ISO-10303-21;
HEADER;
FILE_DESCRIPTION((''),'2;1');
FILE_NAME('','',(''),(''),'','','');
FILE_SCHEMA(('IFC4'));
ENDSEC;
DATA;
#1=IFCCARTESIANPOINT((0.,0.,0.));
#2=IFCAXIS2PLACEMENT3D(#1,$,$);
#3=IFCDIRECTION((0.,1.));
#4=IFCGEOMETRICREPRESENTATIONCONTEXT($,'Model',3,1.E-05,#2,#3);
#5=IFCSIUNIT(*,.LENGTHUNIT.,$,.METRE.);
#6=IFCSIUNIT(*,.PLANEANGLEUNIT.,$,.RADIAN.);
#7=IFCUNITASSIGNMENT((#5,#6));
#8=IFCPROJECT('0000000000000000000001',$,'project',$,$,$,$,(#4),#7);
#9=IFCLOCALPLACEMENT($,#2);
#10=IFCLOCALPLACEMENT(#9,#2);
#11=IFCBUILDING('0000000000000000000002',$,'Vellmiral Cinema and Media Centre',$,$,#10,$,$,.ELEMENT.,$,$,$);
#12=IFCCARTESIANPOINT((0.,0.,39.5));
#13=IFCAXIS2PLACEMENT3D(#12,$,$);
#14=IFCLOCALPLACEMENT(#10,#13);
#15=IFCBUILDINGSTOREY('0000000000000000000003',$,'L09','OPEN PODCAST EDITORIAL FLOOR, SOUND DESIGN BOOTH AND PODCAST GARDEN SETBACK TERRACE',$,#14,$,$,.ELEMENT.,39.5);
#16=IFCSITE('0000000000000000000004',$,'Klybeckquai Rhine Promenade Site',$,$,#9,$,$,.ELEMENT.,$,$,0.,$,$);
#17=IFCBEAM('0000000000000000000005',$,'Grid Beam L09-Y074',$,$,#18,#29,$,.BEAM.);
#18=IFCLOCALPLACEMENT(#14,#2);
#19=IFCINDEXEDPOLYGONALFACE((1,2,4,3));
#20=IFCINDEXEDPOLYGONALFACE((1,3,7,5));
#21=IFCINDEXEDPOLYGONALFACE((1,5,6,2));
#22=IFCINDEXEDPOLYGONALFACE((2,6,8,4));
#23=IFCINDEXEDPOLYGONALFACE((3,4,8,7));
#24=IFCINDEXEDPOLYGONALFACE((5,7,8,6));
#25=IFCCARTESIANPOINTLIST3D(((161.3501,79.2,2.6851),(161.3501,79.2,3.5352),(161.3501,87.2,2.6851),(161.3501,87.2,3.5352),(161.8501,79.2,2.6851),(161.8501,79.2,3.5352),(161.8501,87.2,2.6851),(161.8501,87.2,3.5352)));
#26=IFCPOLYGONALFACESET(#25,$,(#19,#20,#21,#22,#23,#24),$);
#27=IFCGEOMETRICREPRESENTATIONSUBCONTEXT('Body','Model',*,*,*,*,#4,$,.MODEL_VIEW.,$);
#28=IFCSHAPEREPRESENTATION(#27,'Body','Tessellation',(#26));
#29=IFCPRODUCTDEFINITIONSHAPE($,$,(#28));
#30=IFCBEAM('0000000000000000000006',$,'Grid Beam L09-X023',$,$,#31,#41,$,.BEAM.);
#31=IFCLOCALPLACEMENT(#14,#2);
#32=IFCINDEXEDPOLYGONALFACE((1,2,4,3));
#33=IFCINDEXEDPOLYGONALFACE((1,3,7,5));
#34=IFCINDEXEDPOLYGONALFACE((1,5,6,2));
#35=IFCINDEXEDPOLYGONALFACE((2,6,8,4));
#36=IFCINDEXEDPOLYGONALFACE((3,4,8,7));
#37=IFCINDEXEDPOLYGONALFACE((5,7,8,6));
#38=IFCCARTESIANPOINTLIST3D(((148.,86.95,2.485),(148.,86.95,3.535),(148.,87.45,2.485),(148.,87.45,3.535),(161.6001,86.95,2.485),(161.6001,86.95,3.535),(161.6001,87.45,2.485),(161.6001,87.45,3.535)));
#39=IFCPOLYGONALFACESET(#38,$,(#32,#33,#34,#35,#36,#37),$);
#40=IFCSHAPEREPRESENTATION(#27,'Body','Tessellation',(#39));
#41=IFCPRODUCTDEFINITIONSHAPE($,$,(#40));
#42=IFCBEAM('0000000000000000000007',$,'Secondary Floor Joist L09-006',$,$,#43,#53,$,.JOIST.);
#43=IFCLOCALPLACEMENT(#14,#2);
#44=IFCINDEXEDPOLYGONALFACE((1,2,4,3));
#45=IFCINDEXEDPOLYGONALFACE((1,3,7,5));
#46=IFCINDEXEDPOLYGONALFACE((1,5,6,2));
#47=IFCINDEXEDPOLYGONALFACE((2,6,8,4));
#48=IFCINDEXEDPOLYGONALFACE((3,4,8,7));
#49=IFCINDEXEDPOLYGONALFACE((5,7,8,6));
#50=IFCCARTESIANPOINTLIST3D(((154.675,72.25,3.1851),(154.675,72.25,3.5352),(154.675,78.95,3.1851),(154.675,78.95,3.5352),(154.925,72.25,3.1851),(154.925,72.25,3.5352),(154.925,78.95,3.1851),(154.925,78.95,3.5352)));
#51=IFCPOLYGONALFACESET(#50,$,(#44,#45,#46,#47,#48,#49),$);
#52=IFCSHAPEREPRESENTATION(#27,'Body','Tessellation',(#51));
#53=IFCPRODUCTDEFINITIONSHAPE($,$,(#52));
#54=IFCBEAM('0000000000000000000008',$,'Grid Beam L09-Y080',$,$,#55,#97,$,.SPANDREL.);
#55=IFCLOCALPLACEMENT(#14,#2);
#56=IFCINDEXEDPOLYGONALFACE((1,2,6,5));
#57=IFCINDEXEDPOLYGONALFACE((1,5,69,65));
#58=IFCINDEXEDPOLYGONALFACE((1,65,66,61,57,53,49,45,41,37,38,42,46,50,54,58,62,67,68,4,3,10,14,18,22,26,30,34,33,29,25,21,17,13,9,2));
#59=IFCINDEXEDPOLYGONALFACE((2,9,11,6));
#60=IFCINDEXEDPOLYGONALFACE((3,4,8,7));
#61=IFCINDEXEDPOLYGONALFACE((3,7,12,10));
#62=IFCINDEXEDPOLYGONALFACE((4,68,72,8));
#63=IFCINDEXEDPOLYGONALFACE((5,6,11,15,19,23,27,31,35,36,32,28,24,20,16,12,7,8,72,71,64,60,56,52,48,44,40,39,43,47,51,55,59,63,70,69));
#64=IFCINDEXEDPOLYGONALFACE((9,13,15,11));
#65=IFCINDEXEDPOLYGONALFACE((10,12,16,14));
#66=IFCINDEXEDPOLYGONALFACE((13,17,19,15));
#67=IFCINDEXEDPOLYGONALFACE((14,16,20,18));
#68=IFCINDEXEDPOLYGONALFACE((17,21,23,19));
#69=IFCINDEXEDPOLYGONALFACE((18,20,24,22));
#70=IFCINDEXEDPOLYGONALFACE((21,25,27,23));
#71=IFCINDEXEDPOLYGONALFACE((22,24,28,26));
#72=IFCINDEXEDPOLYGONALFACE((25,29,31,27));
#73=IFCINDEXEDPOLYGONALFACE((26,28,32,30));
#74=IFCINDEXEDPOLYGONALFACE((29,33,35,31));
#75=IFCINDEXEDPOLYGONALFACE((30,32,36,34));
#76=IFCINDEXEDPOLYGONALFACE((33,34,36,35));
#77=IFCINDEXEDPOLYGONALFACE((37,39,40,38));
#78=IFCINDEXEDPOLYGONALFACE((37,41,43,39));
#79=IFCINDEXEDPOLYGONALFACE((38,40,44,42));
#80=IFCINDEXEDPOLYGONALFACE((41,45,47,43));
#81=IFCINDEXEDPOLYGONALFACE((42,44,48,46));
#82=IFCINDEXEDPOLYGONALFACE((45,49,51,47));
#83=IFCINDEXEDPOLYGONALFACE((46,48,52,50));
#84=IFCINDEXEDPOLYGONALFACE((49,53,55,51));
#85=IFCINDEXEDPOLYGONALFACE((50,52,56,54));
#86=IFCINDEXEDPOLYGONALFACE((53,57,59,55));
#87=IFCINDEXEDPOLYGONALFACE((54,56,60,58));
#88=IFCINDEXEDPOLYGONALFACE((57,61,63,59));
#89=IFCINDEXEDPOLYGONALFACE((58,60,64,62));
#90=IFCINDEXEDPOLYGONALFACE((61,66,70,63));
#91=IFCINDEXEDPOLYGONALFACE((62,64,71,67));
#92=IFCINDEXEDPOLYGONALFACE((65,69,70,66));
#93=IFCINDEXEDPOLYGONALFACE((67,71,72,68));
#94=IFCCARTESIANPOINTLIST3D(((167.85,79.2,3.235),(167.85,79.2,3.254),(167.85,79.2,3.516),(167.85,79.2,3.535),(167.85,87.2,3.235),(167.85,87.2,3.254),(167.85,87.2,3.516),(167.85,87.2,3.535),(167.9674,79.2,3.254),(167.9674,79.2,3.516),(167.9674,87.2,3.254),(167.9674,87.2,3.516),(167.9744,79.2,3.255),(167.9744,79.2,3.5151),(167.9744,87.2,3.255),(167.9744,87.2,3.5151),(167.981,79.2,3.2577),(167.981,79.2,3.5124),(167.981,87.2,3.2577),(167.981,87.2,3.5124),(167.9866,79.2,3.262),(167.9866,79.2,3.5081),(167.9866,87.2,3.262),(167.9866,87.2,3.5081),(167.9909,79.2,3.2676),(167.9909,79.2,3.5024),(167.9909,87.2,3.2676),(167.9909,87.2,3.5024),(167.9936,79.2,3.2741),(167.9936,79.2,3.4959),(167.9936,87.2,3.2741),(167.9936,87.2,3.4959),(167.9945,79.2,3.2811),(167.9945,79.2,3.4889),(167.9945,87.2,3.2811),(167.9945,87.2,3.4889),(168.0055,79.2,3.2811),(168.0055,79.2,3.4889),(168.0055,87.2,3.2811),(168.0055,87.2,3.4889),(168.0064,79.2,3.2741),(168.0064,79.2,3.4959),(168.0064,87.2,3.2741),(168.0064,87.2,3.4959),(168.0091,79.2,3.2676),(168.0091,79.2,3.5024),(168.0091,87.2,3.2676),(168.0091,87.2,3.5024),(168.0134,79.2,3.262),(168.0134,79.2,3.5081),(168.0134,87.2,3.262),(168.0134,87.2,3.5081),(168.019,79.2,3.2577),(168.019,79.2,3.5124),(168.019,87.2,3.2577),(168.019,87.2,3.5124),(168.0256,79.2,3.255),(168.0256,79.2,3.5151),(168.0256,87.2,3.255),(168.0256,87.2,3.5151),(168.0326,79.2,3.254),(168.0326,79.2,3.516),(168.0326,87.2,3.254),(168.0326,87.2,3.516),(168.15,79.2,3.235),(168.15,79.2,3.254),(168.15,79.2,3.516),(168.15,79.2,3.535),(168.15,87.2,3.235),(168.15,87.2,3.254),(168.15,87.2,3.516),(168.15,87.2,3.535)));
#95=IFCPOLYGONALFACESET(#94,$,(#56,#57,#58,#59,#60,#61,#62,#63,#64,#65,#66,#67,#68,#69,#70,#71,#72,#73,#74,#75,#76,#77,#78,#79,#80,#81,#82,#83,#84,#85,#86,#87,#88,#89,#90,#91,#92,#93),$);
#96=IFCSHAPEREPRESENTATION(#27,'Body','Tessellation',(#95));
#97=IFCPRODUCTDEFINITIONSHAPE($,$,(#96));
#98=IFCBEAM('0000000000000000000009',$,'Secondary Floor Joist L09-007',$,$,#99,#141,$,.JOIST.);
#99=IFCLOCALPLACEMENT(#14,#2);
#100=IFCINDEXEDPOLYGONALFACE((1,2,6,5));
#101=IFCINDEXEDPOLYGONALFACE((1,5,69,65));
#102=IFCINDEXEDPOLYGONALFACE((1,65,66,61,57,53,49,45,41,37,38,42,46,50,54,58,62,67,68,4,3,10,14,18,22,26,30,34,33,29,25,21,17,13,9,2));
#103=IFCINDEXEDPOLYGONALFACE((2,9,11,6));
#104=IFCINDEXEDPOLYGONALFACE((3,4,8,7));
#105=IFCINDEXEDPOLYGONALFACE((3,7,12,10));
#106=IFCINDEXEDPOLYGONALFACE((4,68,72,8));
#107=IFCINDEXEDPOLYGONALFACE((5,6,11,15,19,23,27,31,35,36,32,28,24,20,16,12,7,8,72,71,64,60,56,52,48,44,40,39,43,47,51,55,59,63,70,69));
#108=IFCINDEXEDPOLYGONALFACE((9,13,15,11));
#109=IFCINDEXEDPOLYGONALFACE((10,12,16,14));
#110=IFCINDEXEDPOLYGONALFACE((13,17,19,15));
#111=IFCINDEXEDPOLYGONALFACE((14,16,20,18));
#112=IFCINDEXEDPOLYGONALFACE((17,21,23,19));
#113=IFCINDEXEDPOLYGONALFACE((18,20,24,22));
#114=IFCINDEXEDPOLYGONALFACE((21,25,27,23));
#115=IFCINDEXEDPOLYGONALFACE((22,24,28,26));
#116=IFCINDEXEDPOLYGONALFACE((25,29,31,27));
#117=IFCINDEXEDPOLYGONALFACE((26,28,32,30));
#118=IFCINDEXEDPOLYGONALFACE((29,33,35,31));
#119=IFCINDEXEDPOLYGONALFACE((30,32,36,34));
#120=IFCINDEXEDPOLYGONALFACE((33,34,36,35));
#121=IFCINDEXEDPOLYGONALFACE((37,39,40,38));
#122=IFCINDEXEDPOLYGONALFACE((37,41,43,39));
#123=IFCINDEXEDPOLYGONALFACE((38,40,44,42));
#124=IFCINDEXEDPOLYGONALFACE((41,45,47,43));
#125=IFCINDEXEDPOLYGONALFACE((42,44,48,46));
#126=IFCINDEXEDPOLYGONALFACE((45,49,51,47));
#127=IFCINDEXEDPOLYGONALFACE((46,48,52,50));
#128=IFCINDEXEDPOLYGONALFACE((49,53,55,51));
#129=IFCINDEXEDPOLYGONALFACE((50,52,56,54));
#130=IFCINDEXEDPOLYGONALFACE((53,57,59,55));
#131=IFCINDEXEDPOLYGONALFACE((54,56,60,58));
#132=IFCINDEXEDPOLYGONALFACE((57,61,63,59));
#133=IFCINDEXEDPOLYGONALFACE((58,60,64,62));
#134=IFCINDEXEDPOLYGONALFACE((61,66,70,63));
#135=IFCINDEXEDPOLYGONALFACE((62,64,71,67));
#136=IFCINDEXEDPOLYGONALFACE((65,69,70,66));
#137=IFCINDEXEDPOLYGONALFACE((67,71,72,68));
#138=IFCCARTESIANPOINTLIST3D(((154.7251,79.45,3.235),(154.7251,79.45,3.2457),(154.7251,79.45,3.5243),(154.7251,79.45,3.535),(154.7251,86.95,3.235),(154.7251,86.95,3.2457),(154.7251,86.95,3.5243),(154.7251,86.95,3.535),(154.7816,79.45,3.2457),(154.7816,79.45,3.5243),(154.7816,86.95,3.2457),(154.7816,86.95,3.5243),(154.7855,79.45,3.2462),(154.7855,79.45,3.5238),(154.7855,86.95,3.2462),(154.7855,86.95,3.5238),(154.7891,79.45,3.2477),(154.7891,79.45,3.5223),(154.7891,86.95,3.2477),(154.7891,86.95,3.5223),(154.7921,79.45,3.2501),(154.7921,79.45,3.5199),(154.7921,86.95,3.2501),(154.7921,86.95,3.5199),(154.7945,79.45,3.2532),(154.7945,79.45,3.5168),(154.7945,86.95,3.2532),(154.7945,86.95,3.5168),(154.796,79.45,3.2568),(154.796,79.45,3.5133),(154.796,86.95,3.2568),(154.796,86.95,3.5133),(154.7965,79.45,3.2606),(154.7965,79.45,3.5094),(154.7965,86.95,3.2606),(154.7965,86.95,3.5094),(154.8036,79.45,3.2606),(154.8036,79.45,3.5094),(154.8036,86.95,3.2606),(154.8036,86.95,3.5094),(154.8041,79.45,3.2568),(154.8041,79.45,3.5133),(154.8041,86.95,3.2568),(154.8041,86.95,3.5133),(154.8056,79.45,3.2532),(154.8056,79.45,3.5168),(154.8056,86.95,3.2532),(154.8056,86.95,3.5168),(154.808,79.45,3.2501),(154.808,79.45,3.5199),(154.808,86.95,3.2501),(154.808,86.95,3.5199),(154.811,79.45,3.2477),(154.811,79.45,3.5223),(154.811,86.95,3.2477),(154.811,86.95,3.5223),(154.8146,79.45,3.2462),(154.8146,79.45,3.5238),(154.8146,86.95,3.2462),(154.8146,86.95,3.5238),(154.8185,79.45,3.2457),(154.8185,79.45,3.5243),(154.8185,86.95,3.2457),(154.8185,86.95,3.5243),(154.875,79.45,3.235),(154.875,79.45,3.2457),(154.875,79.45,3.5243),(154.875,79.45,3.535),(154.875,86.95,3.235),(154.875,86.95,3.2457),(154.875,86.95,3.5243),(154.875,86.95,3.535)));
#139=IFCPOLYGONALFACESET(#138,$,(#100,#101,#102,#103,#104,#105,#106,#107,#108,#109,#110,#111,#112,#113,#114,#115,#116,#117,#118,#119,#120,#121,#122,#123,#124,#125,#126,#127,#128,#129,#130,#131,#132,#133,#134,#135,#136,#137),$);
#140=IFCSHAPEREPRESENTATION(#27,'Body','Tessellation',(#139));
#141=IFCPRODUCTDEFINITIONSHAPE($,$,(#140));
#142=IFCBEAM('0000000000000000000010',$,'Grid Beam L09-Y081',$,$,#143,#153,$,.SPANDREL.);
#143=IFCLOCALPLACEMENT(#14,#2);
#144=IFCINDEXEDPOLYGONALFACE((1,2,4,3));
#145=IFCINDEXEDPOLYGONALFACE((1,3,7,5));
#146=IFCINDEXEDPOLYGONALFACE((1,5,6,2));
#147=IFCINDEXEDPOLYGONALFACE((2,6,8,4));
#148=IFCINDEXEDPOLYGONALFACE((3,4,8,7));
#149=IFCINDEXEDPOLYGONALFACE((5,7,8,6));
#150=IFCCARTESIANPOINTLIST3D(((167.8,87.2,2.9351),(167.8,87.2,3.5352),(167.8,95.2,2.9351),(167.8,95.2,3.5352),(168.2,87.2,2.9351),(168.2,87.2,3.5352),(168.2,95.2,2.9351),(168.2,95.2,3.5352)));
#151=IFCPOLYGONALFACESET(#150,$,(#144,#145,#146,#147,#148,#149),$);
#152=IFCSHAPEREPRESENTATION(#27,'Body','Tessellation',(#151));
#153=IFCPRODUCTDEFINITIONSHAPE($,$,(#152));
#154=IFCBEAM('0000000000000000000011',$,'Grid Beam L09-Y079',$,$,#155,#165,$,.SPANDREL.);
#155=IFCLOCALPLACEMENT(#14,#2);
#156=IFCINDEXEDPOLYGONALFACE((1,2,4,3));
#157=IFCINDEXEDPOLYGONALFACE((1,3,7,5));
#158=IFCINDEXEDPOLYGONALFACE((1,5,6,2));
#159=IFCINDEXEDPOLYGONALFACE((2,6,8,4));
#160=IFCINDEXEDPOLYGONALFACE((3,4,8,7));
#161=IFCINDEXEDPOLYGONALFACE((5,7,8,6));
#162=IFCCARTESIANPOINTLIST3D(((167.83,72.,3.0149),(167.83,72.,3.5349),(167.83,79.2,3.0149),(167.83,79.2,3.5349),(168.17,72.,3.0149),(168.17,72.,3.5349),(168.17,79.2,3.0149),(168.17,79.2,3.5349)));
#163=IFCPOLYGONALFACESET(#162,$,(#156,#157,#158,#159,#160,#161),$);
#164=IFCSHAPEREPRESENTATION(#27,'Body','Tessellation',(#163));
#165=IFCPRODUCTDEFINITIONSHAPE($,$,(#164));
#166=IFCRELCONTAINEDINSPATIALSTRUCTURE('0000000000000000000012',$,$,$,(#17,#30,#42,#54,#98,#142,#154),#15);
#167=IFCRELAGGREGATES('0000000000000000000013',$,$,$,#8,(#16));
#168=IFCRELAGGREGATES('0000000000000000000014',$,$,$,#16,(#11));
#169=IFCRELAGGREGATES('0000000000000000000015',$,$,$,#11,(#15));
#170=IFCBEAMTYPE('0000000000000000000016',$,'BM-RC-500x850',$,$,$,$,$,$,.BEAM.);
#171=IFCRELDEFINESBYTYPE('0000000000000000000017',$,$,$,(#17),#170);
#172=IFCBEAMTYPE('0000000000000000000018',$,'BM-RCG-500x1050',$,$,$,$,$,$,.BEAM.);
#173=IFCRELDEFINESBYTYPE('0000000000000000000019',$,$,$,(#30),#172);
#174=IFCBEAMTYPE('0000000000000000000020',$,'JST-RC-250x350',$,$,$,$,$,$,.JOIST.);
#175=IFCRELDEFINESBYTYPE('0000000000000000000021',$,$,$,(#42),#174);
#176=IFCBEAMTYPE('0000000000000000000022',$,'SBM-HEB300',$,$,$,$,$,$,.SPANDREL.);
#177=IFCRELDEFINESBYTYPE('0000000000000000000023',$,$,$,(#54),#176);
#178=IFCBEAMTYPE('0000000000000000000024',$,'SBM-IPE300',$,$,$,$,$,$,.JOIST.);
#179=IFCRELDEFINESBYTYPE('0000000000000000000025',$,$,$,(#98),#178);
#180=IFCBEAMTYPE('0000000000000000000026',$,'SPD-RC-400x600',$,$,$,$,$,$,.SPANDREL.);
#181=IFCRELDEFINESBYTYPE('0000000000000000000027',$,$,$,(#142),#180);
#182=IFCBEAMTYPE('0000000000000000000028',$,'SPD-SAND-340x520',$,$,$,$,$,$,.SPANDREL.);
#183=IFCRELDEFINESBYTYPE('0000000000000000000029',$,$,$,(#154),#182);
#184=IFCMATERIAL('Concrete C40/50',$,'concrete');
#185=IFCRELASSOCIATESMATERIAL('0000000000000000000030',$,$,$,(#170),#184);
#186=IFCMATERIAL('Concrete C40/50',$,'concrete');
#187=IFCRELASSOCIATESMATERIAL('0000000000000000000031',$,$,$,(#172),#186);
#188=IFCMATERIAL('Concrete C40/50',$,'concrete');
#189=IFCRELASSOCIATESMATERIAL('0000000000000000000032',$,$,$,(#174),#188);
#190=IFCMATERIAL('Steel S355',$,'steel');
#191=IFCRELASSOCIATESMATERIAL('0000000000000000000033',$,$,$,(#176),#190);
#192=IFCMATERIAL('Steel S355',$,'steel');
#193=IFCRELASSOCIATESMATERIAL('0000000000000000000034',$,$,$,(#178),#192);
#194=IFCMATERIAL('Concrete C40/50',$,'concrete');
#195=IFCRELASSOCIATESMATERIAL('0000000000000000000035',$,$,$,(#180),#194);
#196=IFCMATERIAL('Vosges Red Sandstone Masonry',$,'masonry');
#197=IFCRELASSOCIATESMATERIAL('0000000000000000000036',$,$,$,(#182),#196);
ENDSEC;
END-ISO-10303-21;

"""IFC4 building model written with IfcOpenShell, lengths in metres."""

from ifc_helpers import new_model, si_unit, direction, frame, origin, origin_2d, place, context, subcontext, project, spatial, rectangle, i_section, extrude, material, material_profile, profile_set, type_object, element, save


model = new_model("IFC4")

# Units and contexts
model_context = context("Model", 3, precision=1e-05, world=origin(), true_north=direction((0.0, 1.0)))
body_context = subcontext(model_context, "Body", "Model", "MODEL_VIEW")
ifc_project = project(units=[si_unit("LENGTHUNIT", "METRE"), si_unit("PLANEANGLEUNIT", "RADIAN")], contexts=[model_context])

# Site, building, storey
site_placement = place(None, origin())
site = spatial("IfcSite", under=ifc_project, at=site_placement, Name="Klybeckquai Rhine Promenade Site", CompositionType="ELEMENT", RefElevation=0.0)
building_placement = place(site_placement, origin())
building = spatial("IfcBuilding", under=site, at=building_placement, Name="Vellmiral Cinema and Media Centre", CompositionType="ELEMENT")
storey_placement = place(building_placement, frame((0.0, 0.0, 39.5)))
storey = spatial("IfcBuildingStorey", under=building, at=storey_placement, Name="L09", Description="OPEN PODCAST EDITORIAL FLOOR, SOUND DESIGN BOOTH AND PODCAST GARDEN SETBACK TERRACE", CompositionType="ELEMENT", Elevation=39.5)

# Beams
ifc_material_1 = material(Name="Concrete C40/50", Category="concrete")
ifc_material_profile_1 = material_profile(ifc_material_1, rectangle(XDim=0.5, YDim=0.8501, at=origin_2d()), Name="RC 500x850")
ifc_profile_set_1 = profile_set([ifc_material_profile_1], Name="Concrete C40/50")
beam_type_1 = type_object("IfcBeamType", Name="BM-RC-500x850", PredefinedType="BEAM", material=ifc_profile_set_1)
beam_1_placement = place(storey_placement, frame((161.6001, 79.2, 3.1101), z_axis=(0.0, 1.0, 0.0), x_axis=(-1.0, 0.0, 0.0)))
element("IfcBeam", 1, at=beam_1_placement, inside=storey, type_object=beam_type_1, Name="Grid Beam L09-Y074", PredefinedType="BEAM", context=body_context, shape_type="SweptSolid", body=[
    extrude(rectangle(XDim=0.5, YDim=0.8501, at=origin_2d()), origin(), (0.0, 0.0, 1.0), 8.0),
])
ifc_material_2 = material(Name="Concrete C40/50", Category="concrete")
ifc_material_profile_2 = material_profile(ifc_material_2, rectangle(XDim=0.5, YDim=1.05, at=origin_2d()), Name="RC 500x1050")
ifc_profile_set_2 = profile_set([ifc_material_profile_2], Name="Concrete C40/50")
beam_type_2 = type_object("IfcBeamType", Name="BM-RCG-500x1050", PredefinedType="BEAM", material=ifc_profile_set_2)
beam_2_placement = place(storey_placement, frame((148.0, 87.2, 3.01), z_axis=(1.0, 0.0, 0.0), x_axis=(0.0, 1.0, 0.0)))
element("IfcBeam", 2, at=beam_2_placement, inside=storey, type_object=beam_type_2, Name="Grid Beam L09-X023", PredefinedType="BEAM", context=body_context, shape_type="SweptSolid", body=[
    extrude(rectangle(XDim=0.5, YDim=1.05, at=origin_2d()), origin(), (0.0, 0.0, 1.0), 13.6001),
])
ifc_material_3 = material(Name="Concrete C40/50", Category="concrete")
ifc_material_profile_3 = material_profile(ifc_material_3, rectangle(XDim=0.25, YDim=0.3501, at=origin_2d()), Name="RC 250x350")
ifc_profile_set_3 = profile_set([ifc_material_profile_3], Name="Concrete C40/50")
beam_type_3 = type_object("IfcBeamType", Name="JST-RC-250x350", PredefinedType="JOIST", material=ifc_profile_set_3)
beam_3_placement = place(storey_placement, frame((154.8, 72.25, 3.3601), z_axis=(0.0, 1.0, 0.0), x_axis=(-1.0, 0.0, 0.0)))
element("IfcBeam", 3, at=beam_3_placement, inside=storey, type_object=beam_type_3, Name="Secondary Floor Joist L09-006", PredefinedType="JOIST", context=body_context, shape_type="SweptSolid", body=[
    extrude(rectangle(XDim=0.25, YDim=0.3501, at=origin_2d()), origin(), (0.0, 0.0, 1.0), 6.7),
])
ifc_material_4 = material(Name="Steel S355", Category="steel")
ifc_material_profile_4 = material_profile(ifc_material_4, i_section(OverallWidth=0.3, OverallDepth=0.3, WebThickness=0.011, FlangeThickness=0.019, FilletRadius=0.0271, at=origin_2d()), Name="HEB 300")
ifc_profile_set_4 = profile_set([ifc_material_profile_4], Name="Steel S355")
beam_type_4 = type_object("IfcBeamType", Name="SBM-HEB300", PredefinedType="SPANDREL", material=ifc_profile_set_4)
beam_4_placement = place(storey_placement, frame((168.0, 79.2, 3.385), z_axis=(0.0, 1.0, 0.0), x_axis=(-1.0, 0.0, 0.0)))
element("IfcBeam", 4, at=beam_4_placement, inside=storey, type_object=beam_type_4, Name="Grid Beam L09-Y080", PredefinedType="SPANDREL", context=body_context, shape_type="SweptSolid", body=[
    extrude(i_section(OverallWidth=0.3, OverallDepth=0.3, WebThickness=0.011, FlangeThickness=0.019, FilletRadius=0.0271, at=origin_2d()), origin(), (0.0, 0.0, 1.0), 8.0),
])
ifc_material_5 = material(Name="Steel S355", Category="steel")
ifc_material_profile_5 = material_profile(ifc_material_5, i_section(OverallWidth=0.1499, OverallDepth=0.3, WebThickness=0.0071, FlangeThickness=0.0107, FilletRadius=0.0149, at=origin_2d()), Name="IPE 300")
ifc_profile_set_5 = profile_set([ifc_material_profile_5], Name="Steel S355")
beam_type_5 = type_object("IfcBeamType", Name="SBM-IPE300", PredefinedType="JOIST", material=ifc_profile_set_5)
beam_5_placement = place(storey_placement, frame((154.8, 79.45, 3.385), z_axis=(0.0, 1.0, 0.0), x_axis=(-1.0, 0.0, 0.0)))
element("IfcBeam", 5, at=beam_5_placement, inside=storey, type_object=beam_type_5, Name="Secondary Floor Joist L09-007", PredefinedType="JOIST", context=body_context, shape_type="SweptSolid", body=[
    extrude(i_section(OverallWidth=0.1499, OverallDepth=0.3, WebThickness=0.0071, FlangeThickness=0.0107, FilletRadius=0.0149, at=origin_2d()), origin(), (0.0, 0.0, 1.0), 7.5),
])
ifc_material_6 = material(Name="Concrete C40/50", Category="concrete")
ifc_material_profile_6 = material_profile(ifc_material_6, rectangle(XDim=0.3999, YDim=0.6001, at=origin_2d()), Name="RC 400x600")
ifc_profile_set_6 = profile_set([ifc_material_profile_6], Name="Concrete C40/50")
beam_type_6 = type_object("IfcBeamType", Name="SPD-RC-400x600", PredefinedType="SPANDREL", material=ifc_profile_set_6)
beam_6_placement = place(storey_placement, frame((168.0, 87.2, 3.2351), z_axis=(0.0, 1.0, 0.0), x_axis=(-1.0, 0.0, 0.0)))
element("IfcBeam", 6, at=beam_6_placement, inside=storey, type_object=beam_type_6, Name="Grid Beam L09-Y081", PredefinedType="SPANDREL", context=body_context, shape_type="SweptSolid", body=[
    extrude(rectangle(XDim=0.3999, YDim=0.6001, at=origin_2d()), origin(), (0.0, 0.0, 1.0), 8.0),
])
ifc_material_7 = material(Name="Vosges Red Sandstone Masonry", Category="masonry")
ifc_material_profile_7 = material_profile(ifc_material_7, rectangle(XDim=0.3401, YDim=0.52, at=origin_2d()), Name="SAND 340x520")
ifc_profile_set_7 = profile_set([ifc_material_profile_7], Name="Vosges Red Sandstone Masonry")
beam_type_7 = type_object("IfcBeamType", Name="SPD-SAND-340x520", PredefinedType="SPANDREL", material=ifc_profile_set_7)
beam_7_placement = place(storey_placement, frame((168.0, 72.0, 3.2749), z_axis=(0.0, 1.0, 0.0), x_axis=(-1.0, 0.0, 0.0)))
element("IfcBeam", 7, at=beam_7_placement, inside=storey, type_object=beam_type_7, Name="Grid Beam L09-Y079", PredefinedType="SPANDREL", context=body_context, shape_type="SweptSolid", body=[
    extrude(rectangle(XDim=0.3401, YDim=0.52, at=origin_2d()), origin(), (0.0, 0.0, 1.0), 7.2),
])

save(model, "model.ifc")
